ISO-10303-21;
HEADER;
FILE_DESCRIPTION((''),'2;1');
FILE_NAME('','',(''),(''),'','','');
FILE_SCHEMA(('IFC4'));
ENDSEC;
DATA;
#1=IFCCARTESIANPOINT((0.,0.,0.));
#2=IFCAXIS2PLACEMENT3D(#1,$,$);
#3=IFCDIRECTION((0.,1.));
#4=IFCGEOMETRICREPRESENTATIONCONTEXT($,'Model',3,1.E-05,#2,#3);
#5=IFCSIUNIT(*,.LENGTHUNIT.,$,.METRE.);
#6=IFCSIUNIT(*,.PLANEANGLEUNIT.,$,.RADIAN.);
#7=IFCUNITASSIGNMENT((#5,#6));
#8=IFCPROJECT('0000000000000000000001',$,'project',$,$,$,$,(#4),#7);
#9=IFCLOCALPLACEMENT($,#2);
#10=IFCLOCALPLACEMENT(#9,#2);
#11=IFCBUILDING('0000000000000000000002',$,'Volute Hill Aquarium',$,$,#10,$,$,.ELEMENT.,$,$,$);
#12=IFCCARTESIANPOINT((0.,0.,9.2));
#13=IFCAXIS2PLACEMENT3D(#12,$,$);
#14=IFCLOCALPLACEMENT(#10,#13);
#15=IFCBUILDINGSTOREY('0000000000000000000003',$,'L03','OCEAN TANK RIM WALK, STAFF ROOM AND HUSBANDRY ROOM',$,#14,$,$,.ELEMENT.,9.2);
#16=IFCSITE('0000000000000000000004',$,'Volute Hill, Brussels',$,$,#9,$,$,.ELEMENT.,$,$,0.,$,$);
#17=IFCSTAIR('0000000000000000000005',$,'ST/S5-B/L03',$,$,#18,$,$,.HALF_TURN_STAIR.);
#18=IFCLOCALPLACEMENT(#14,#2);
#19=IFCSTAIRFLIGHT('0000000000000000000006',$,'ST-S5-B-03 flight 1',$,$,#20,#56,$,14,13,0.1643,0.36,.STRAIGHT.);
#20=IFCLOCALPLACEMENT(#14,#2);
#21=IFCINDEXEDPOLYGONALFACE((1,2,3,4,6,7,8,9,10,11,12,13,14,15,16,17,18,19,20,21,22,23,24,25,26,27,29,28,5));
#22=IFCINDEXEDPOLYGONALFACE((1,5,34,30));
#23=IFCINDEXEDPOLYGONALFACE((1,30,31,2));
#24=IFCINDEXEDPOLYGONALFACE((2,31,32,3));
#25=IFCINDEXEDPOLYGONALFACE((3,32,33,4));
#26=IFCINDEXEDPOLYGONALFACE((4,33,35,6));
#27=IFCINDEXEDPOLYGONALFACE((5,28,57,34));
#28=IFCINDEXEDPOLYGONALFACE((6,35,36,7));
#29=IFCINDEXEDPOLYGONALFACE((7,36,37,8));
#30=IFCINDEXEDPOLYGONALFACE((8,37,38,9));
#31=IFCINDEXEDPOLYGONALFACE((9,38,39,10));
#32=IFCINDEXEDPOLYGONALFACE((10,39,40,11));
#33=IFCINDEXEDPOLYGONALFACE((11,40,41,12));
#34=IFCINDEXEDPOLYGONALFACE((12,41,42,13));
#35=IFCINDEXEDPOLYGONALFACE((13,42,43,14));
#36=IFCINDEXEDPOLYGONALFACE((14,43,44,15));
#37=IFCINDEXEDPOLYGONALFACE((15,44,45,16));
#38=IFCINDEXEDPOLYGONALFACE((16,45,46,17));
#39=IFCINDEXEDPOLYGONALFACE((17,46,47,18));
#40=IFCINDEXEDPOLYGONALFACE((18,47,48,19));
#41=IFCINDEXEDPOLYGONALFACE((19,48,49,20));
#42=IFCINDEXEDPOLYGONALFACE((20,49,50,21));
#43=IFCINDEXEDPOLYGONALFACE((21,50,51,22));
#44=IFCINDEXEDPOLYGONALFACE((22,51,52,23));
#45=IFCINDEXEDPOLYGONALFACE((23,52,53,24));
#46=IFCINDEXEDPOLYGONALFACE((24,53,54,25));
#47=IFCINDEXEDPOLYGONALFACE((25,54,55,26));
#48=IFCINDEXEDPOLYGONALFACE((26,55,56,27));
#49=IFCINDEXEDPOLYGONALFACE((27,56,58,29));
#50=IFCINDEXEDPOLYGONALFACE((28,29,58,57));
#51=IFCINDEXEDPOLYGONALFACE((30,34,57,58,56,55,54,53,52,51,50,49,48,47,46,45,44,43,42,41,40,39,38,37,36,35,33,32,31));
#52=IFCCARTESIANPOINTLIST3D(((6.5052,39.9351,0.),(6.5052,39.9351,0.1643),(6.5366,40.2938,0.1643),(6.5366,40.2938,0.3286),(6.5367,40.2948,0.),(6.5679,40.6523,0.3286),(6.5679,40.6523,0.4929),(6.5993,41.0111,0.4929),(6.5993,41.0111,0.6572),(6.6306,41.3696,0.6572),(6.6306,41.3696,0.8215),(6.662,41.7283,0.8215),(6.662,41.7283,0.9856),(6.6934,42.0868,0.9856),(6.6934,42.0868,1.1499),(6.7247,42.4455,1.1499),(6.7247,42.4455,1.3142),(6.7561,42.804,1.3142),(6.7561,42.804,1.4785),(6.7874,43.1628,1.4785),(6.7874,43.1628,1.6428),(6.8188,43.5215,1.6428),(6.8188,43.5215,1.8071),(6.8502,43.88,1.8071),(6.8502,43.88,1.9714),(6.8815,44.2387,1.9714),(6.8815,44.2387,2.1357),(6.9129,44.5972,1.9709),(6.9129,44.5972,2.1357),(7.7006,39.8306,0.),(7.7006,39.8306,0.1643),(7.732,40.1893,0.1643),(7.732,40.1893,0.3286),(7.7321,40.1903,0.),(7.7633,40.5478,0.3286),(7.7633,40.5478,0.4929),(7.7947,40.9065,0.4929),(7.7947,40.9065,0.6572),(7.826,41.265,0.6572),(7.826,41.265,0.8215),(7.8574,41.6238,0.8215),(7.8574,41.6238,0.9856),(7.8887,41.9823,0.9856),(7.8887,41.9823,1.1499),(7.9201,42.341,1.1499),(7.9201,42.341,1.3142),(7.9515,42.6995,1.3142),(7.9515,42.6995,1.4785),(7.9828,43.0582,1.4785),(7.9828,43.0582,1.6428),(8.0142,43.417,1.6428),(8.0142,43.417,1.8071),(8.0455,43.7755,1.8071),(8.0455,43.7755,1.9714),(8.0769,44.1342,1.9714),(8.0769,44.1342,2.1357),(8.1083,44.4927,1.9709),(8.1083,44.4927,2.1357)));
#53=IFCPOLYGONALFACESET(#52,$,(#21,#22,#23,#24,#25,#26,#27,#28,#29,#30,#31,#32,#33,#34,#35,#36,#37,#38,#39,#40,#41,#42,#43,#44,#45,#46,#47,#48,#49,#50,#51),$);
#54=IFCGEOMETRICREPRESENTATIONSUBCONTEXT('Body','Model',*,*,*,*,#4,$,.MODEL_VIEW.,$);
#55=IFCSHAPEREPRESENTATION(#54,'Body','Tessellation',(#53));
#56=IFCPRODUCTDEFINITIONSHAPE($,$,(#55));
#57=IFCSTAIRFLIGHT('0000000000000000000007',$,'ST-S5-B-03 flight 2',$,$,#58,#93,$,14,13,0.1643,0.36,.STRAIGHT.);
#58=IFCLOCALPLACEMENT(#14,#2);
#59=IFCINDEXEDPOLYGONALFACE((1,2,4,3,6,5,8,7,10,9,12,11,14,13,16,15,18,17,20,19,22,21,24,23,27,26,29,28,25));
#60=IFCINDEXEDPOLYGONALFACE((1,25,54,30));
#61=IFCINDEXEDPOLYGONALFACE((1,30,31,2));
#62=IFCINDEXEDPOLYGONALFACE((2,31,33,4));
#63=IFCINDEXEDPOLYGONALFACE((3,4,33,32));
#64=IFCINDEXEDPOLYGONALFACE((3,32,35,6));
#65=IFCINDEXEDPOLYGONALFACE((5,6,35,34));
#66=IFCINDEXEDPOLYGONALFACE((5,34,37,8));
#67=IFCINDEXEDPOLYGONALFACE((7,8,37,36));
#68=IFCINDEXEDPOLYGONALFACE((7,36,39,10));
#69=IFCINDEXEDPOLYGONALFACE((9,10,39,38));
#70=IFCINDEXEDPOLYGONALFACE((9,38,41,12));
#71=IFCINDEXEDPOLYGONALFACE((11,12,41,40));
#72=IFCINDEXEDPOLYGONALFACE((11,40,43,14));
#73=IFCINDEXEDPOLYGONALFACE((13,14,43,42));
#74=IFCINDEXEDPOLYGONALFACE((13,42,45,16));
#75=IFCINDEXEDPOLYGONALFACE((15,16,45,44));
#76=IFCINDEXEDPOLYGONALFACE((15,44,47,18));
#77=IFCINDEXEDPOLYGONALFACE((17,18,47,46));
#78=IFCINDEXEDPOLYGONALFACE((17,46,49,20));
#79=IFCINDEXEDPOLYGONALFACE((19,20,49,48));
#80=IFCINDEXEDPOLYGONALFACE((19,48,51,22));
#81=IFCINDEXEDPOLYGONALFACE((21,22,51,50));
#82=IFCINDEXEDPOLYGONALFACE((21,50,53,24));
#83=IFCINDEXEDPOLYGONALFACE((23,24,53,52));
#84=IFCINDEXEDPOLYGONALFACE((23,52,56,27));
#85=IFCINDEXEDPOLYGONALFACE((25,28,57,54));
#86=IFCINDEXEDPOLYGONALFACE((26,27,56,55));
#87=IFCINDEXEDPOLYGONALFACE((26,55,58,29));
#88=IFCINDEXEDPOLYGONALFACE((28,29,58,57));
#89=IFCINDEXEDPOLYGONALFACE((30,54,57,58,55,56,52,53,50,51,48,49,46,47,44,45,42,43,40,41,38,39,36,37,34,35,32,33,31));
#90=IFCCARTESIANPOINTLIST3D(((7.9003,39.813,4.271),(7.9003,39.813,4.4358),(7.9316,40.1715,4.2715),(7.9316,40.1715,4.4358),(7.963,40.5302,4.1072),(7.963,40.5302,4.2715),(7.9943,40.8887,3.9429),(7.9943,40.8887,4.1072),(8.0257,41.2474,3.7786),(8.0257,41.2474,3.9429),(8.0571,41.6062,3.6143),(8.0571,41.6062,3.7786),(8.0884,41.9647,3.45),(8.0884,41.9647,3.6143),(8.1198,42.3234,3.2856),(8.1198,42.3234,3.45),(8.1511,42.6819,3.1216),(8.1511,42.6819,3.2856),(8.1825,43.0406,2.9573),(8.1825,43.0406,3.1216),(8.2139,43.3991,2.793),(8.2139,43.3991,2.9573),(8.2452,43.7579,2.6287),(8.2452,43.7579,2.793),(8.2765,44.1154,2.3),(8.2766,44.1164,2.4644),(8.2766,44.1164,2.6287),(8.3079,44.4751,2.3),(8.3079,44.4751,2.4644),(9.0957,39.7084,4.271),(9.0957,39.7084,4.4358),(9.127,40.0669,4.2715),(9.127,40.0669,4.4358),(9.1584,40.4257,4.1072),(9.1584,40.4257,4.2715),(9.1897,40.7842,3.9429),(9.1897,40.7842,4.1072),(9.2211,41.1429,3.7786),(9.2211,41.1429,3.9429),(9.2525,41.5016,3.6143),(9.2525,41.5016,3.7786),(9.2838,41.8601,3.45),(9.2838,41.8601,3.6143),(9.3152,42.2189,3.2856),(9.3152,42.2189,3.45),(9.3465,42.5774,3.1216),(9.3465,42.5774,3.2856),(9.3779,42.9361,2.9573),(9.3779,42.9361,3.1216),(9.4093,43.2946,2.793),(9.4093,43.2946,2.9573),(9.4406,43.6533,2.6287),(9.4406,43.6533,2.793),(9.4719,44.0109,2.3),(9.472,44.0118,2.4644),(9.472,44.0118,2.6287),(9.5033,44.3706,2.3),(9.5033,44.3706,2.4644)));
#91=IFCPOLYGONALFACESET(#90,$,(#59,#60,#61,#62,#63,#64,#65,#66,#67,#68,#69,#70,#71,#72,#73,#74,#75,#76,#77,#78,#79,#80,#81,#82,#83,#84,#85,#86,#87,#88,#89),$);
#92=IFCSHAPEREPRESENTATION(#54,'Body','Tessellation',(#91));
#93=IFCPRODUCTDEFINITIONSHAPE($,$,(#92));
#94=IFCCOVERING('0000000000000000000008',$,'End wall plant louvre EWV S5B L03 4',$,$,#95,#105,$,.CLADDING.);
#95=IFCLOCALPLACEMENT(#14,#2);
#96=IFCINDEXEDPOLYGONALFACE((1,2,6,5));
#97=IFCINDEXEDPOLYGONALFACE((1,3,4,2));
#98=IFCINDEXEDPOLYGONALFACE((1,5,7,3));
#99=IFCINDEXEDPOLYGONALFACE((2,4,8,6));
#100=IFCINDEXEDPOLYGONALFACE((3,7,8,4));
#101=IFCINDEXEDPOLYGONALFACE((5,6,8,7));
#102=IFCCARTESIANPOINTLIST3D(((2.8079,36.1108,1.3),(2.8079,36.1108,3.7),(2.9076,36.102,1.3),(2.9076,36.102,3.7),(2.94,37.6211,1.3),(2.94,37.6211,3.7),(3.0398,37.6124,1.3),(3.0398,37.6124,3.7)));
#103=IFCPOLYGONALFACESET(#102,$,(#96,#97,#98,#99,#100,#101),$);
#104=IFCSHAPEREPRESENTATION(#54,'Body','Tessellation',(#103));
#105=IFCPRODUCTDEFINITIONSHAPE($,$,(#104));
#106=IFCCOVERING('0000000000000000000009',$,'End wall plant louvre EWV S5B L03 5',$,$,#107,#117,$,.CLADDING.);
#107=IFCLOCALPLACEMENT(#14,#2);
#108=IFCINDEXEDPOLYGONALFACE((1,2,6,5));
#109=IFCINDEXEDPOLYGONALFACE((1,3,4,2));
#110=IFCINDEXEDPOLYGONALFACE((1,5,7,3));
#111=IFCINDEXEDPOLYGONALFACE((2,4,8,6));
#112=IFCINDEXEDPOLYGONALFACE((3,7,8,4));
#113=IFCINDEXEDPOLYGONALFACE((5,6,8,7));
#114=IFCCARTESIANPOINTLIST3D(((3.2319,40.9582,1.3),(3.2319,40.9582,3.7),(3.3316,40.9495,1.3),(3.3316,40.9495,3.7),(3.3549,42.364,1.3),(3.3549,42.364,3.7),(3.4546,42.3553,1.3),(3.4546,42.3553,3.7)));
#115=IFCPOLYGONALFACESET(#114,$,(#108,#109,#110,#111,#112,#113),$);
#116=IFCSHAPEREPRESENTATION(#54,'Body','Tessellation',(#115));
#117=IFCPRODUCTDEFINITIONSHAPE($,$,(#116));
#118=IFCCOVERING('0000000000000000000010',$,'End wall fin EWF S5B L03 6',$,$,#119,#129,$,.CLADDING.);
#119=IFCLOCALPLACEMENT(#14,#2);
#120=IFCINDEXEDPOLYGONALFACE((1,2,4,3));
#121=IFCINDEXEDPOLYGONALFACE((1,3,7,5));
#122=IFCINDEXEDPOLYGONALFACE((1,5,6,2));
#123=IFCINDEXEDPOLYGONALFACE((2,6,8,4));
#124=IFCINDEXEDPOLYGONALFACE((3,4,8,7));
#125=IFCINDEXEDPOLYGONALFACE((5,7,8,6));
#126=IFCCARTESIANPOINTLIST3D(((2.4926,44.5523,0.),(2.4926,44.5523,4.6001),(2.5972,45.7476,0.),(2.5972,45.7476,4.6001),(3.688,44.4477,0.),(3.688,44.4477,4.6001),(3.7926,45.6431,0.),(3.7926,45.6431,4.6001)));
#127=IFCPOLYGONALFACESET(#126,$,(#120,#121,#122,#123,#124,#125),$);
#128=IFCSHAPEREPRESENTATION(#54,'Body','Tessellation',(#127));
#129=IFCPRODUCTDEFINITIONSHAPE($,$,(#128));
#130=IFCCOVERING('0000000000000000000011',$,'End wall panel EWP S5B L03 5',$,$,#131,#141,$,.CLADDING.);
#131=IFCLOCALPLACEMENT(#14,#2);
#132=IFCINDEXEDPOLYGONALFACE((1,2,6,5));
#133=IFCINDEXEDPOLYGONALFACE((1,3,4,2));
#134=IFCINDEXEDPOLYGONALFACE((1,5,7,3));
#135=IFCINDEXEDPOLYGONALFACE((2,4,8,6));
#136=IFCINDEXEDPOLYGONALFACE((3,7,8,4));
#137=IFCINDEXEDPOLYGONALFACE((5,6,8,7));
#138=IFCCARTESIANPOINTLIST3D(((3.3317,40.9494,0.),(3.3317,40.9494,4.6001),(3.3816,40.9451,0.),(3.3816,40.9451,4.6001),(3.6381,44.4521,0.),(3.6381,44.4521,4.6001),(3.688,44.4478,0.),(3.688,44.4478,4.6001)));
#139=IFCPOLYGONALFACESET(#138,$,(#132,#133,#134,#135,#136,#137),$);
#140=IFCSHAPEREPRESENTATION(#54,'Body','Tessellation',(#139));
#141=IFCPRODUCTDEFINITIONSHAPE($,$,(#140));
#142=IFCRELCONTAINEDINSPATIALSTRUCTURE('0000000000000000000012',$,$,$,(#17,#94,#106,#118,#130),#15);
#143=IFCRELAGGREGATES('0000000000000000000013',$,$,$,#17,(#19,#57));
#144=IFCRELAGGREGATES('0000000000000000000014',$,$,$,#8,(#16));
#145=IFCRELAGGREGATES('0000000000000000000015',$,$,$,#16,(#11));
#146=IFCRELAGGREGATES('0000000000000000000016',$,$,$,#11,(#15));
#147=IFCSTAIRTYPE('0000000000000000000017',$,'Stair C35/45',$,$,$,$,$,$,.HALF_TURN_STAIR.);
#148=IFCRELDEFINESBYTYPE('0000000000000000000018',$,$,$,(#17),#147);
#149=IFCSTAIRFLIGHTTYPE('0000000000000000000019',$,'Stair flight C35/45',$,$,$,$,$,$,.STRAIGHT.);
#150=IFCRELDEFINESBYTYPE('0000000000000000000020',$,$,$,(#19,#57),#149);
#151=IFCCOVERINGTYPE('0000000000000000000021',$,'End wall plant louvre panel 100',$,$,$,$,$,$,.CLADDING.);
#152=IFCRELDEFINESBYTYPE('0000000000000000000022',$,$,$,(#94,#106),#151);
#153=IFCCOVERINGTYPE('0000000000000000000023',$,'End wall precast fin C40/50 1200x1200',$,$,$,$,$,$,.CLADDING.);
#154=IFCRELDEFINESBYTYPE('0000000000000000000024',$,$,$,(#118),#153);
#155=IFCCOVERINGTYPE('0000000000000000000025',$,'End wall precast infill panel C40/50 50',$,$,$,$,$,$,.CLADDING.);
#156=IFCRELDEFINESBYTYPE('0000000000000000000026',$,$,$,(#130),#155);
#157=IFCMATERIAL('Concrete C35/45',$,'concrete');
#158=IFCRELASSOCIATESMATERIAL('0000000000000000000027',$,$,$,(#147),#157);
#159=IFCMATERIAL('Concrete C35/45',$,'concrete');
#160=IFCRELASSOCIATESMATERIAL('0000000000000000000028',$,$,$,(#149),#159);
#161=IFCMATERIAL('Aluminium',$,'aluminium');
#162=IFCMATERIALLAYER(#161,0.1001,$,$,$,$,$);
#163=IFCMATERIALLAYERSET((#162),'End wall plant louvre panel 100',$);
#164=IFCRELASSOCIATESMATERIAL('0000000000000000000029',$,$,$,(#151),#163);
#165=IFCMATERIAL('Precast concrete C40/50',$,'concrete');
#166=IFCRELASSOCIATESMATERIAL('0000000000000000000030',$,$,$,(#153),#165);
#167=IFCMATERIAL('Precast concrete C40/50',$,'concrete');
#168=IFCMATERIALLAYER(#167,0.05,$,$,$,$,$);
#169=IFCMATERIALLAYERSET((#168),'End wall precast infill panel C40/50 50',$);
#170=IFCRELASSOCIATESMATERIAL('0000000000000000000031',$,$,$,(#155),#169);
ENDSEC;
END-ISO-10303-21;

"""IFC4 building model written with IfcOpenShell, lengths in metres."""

from ifc_helpers import new_model, si_unit, direction, frame, origin, origin_2d, place, context, subcontext, project, spatial, polyline, rectangle, outline, extrude, material, layer, layer_set, type_object, element, aggregate, save


model = new_model("IFC4")

# Units and contexts
model_context = context("Model", 3, precision=1e-05, world=origin(), true_north=direction((0.0, 1.0)))
body_context = subcontext(model_context, "Body", "Model", "MODEL_VIEW")
ifc_project = project(units=[si_unit("LENGTHUNIT", "METRE"), si_unit("PLANEANGLEUNIT", "RADIAN")], contexts=[model_context])

# Site, building, storey
site_placement = place(None, origin())
site = spatial("IfcSite", under=ifc_project, at=site_placement, Name="Volute Hill, Brussels", CompositionType="ELEMENT", RefElevation=0.0)
building_placement = place(site_placement, origin())
building = spatial("IfcBuilding", under=site, at=building_placement, Name="Volute Hill Aquarium", CompositionType="ELEMENT")
storey_placement = place(building_placement, frame((0.0, 0.0, 9.2)))
storey = spatial("IfcBuildingStorey", under=building, at=storey_placement, Name="L03", Description="OCEAN TANK RIM WALK, STAFF ROOM AND HUSBANDRY ROOM", CompositionType="ELEMENT", Elevation=9.2)

# Stair, stair flights
ifc_material_1 = material(Name="Concrete C35/45", Category="concrete")
stair_type = type_object("IfcStairType", Name="Stair C35/45", PredefinedType="HALF_TURN_STAIR", material=ifc_material_1)
stair_placement = place(storey_placement, origin())
stair = element("IfcStair", 1, at=stair_placement, inside=storey, type_object=stair_type, Name="ST/S5-B/L03", PredefinedType="HALF_TURN_STAIR")
ifc_material_2 = material(Name="Concrete C35/45", Category="concrete")
stair_flight_type = type_object("IfcStairFlightType", Name="Stair flight C35/45", PredefinedType="STRAIGHT", material=ifc_material_2)
stair_flight_1_placement = place(storey_placement, frame((7.103, 39.8828, 0.0), z_axis=(0.0, 0.0, 1.0), x_axis=(0.087109, 0.996199, 0.0)))
stair_flight_1 = element("IfcStairFlight", 2, at=stair_flight_1_placement, type_object=stair_flight_type, Name="ST-S5-B-03 flight 1", NumberOfRisers=14, NumberOfTreads=13, PredefinedType="STRAIGHT", RiserHeight=0.1643, TreadLength=0.36, context=body_context, shape_type="SweptSolid", body=[
    extrude(outline(polyline([(0.0, 0.0), (0.0, 0.1643), (0.3601, 0.1643), (0.3601, 0.3286), (0.72, 0.3286), (0.72, 0.4929), (1.0801, 0.4929), (1.0801, 0.6572), (1.4399, 0.6572), (1.4399, 0.8215), (1.8, 0.8215), (1.8, 0.9856), (2.1599, 0.9856), (2.1599, 1.1499), (2.52, 1.1499), (2.52, 1.3142), (2.8799, 1.3142), (2.8799, 1.4785), (3.24, 1.4785), (3.24, 1.6428), (3.6001, 1.6428), (3.6001, 1.8071), (3.96, 1.8071), (3.96, 1.9714), (4.3201, 1.9714), (4.3201, 2.1357), (4.6799, 2.1357), (4.6799, 2.3), (4.6799, 1.9709), (0.3611, 0.0), (0.0, 0.0)])), frame((0.0, 0.6001, 0.0), z_axis=(0.0, -1.0, 0.0), x_axis=(1.0, 0.0, 0.0)), (0.0, 0.0, 1.0), 1.2),
])
stair_flight_2_placement = place(storey_placement, frame((8.9055, 44.4229, 2.3), z_axis=(0.0, 0.0, 1.0), x_axis=(-0.087109, -0.996199, 0.0)))
stair_flight_2 = element("IfcStairFlight", 3, at=stair_flight_2_placement, type_object=stair_flight_type, Name="ST-S5-B-03 flight 2", NumberOfRisers=14, NumberOfTreads=13, PredefinedType="STRAIGHT", RiserHeight=0.1643, TreadLength=0.36, context=body_context, shape_type="SweptSolid", body=[
    extrude(outline(polyline([(0.0, 0.0), (0.0, 0.1643), (0.3601, 0.1643), (0.3601, 0.3286), (0.72, 0.3286), (0.72, 0.4929), (1.0801, 0.4929), (1.0801, 0.6572), (1.4399, 0.6572), (1.4399, 0.8215), (1.8, 0.8215), (1.8, 0.9856), (2.1599, 0.9856), (2.1599, 1.1499), (2.52, 1.1499), (2.52, 1.3142), (2.8799, 1.3142), (2.8799, 1.4785), (3.24, 1.4785), (3.24, 1.6428), (3.6001, 1.6428), (3.6001, 1.8071), (3.96, 1.8071), (3.96, 1.9714), (4.3201, 1.9714), (4.3201, 2.1357), (4.6799, 2.1357), (4.6799, 2.3), (4.6799, 1.9709), (0.3611, 0.0), (0.0, 0.0)])), frame((0.0, 0.6001, 0.0), z_axis=(0.0, -1.0, 0.0), x_axis=(1.0, 0.0, 0.0)), (0.0, 0.0, 1.0), 1.2),
])
aggregate(stair, [stair_flight_1, stair_flight_2])

# Coverings
ifc_material_3 = material(Name="Aluminium", Category="aluminium")
ifc_layer_1 = layer(ifc_material_3, 0.1001)
ifc_layer_set_1 = layer_set([ifc_layer_1], Name="End wall plant louvre panel 100")
covering_type_1 = type_object("IfcCoveringType", Name="End wall plant louvre panel 100", PredefinedType="CLADDING", material=ifc_layer_set_1)
covering_1_placement = place(storey_placement, frame((2.9238, 36.8616, 1.3), z_axis=(0.0, 0.0, 1.0), x_axis=(0.087154, 0.996195, 0.0)))
element("IfcCovering", 4, at=covering_1_placement, inside=storey, type_object=covering_type_1, Name="End wall plant louvre EWV S5B L03 4", PredefinedType="CLADDING", context=body_context, shape_type="SweptSolid", body=[
    extrude(rectangle(XDim=1.5161, YDim=0.1001, at=origin_2d()), origin(), (0.0, 0.0, 1.0), 2.3999),
])
covering_2_placement = place(storey_placement, frame((3.3433, 41.6567, 1.3), z_axis=(0.0, 0.0, 1.0), x_axis=(0.087154, 0.996195, 0.0)))
element("IfcCovering", 5, at=covering_2_placement, inside=storey, type_object=covering_type_1, Name="End wall plant louvre EWV S5B L03 5", PredefinedType="CLADDING", context=body_context, shape_type="SweptSolid", body=[
    extrude(rectangle(XDim=1.4111, YDim=0.1001, at=origin_2d()), origin(), (0.0, 0.0, 1.0), 2.3999),
])
ifc_material_4 = material(Name="Precast concrete C40/50", Category="concrete")
covering_type_2 = type_object("IfcCoveringType", Name="End wall precast fin C40/50 1200x1200", PredefinedType="CLADDING", material=ifc_material_4)
covering_3_placement = place(storey_placement, frame((3.1426, 45.0977, 0.0), z_axis=(0.0, 0.0, 1.0), x_axis=(0.087154, 0.996195, 0.0)))
element("IfcCovering", 6, at=covering_3_placement, inside=storey, type_object=covering_type_2, Name="End wall fin EWF S5B L03 6", PredefinedType="CLADDING", context=body_context, shape_type="SweptSolid", body=[
    extrude(rectangle(XDim=1.2, YDim=1.2, at=origin_2d()), origin(), (0.0, 0.0, 1.0), 4.6001),
])
ifc_material_5 = material(Name="Precast concrete C40/50", Category="concrete")
ifc_layer_2 = layer(ifc_material_5, 0.05)
ifc_layer_set_2 = layer_set([ifc_layer_2], Name="End wall precast infill panel C40/50 50")
covering_type_3 = type_object("IfcCoveringType", Name="End wall precast infill panel C40/50 50", PredefinedType="CLADDING", material=ifc_layer_set_2)
covering_4_placement = place(storey_placement, frame((3.3816, 40.9451, 0.0), z_axis=(0.996196, -0.087142, 0.0), x_axis=(0.087142, 0.996196, 0.0)))
element("IfcCovering", 7, at=covering_4_placement, inside=storey, type_object=covering_type_3, Name="End wall panel EWP S5B L03 5", PredefinedType="CLADDING", context=body_context, shape_type="SweptSolid", body=[
    extrude(outline(polyline([(0.0, 0.0), (3.5161, 0.0), (3.5161, 4.6001), (0.0, 4.6001), (0.0, 0.0)])), origin(), (0.0, 0.0, -1.0), 0.05),
])

save(model, "model.ifc")
